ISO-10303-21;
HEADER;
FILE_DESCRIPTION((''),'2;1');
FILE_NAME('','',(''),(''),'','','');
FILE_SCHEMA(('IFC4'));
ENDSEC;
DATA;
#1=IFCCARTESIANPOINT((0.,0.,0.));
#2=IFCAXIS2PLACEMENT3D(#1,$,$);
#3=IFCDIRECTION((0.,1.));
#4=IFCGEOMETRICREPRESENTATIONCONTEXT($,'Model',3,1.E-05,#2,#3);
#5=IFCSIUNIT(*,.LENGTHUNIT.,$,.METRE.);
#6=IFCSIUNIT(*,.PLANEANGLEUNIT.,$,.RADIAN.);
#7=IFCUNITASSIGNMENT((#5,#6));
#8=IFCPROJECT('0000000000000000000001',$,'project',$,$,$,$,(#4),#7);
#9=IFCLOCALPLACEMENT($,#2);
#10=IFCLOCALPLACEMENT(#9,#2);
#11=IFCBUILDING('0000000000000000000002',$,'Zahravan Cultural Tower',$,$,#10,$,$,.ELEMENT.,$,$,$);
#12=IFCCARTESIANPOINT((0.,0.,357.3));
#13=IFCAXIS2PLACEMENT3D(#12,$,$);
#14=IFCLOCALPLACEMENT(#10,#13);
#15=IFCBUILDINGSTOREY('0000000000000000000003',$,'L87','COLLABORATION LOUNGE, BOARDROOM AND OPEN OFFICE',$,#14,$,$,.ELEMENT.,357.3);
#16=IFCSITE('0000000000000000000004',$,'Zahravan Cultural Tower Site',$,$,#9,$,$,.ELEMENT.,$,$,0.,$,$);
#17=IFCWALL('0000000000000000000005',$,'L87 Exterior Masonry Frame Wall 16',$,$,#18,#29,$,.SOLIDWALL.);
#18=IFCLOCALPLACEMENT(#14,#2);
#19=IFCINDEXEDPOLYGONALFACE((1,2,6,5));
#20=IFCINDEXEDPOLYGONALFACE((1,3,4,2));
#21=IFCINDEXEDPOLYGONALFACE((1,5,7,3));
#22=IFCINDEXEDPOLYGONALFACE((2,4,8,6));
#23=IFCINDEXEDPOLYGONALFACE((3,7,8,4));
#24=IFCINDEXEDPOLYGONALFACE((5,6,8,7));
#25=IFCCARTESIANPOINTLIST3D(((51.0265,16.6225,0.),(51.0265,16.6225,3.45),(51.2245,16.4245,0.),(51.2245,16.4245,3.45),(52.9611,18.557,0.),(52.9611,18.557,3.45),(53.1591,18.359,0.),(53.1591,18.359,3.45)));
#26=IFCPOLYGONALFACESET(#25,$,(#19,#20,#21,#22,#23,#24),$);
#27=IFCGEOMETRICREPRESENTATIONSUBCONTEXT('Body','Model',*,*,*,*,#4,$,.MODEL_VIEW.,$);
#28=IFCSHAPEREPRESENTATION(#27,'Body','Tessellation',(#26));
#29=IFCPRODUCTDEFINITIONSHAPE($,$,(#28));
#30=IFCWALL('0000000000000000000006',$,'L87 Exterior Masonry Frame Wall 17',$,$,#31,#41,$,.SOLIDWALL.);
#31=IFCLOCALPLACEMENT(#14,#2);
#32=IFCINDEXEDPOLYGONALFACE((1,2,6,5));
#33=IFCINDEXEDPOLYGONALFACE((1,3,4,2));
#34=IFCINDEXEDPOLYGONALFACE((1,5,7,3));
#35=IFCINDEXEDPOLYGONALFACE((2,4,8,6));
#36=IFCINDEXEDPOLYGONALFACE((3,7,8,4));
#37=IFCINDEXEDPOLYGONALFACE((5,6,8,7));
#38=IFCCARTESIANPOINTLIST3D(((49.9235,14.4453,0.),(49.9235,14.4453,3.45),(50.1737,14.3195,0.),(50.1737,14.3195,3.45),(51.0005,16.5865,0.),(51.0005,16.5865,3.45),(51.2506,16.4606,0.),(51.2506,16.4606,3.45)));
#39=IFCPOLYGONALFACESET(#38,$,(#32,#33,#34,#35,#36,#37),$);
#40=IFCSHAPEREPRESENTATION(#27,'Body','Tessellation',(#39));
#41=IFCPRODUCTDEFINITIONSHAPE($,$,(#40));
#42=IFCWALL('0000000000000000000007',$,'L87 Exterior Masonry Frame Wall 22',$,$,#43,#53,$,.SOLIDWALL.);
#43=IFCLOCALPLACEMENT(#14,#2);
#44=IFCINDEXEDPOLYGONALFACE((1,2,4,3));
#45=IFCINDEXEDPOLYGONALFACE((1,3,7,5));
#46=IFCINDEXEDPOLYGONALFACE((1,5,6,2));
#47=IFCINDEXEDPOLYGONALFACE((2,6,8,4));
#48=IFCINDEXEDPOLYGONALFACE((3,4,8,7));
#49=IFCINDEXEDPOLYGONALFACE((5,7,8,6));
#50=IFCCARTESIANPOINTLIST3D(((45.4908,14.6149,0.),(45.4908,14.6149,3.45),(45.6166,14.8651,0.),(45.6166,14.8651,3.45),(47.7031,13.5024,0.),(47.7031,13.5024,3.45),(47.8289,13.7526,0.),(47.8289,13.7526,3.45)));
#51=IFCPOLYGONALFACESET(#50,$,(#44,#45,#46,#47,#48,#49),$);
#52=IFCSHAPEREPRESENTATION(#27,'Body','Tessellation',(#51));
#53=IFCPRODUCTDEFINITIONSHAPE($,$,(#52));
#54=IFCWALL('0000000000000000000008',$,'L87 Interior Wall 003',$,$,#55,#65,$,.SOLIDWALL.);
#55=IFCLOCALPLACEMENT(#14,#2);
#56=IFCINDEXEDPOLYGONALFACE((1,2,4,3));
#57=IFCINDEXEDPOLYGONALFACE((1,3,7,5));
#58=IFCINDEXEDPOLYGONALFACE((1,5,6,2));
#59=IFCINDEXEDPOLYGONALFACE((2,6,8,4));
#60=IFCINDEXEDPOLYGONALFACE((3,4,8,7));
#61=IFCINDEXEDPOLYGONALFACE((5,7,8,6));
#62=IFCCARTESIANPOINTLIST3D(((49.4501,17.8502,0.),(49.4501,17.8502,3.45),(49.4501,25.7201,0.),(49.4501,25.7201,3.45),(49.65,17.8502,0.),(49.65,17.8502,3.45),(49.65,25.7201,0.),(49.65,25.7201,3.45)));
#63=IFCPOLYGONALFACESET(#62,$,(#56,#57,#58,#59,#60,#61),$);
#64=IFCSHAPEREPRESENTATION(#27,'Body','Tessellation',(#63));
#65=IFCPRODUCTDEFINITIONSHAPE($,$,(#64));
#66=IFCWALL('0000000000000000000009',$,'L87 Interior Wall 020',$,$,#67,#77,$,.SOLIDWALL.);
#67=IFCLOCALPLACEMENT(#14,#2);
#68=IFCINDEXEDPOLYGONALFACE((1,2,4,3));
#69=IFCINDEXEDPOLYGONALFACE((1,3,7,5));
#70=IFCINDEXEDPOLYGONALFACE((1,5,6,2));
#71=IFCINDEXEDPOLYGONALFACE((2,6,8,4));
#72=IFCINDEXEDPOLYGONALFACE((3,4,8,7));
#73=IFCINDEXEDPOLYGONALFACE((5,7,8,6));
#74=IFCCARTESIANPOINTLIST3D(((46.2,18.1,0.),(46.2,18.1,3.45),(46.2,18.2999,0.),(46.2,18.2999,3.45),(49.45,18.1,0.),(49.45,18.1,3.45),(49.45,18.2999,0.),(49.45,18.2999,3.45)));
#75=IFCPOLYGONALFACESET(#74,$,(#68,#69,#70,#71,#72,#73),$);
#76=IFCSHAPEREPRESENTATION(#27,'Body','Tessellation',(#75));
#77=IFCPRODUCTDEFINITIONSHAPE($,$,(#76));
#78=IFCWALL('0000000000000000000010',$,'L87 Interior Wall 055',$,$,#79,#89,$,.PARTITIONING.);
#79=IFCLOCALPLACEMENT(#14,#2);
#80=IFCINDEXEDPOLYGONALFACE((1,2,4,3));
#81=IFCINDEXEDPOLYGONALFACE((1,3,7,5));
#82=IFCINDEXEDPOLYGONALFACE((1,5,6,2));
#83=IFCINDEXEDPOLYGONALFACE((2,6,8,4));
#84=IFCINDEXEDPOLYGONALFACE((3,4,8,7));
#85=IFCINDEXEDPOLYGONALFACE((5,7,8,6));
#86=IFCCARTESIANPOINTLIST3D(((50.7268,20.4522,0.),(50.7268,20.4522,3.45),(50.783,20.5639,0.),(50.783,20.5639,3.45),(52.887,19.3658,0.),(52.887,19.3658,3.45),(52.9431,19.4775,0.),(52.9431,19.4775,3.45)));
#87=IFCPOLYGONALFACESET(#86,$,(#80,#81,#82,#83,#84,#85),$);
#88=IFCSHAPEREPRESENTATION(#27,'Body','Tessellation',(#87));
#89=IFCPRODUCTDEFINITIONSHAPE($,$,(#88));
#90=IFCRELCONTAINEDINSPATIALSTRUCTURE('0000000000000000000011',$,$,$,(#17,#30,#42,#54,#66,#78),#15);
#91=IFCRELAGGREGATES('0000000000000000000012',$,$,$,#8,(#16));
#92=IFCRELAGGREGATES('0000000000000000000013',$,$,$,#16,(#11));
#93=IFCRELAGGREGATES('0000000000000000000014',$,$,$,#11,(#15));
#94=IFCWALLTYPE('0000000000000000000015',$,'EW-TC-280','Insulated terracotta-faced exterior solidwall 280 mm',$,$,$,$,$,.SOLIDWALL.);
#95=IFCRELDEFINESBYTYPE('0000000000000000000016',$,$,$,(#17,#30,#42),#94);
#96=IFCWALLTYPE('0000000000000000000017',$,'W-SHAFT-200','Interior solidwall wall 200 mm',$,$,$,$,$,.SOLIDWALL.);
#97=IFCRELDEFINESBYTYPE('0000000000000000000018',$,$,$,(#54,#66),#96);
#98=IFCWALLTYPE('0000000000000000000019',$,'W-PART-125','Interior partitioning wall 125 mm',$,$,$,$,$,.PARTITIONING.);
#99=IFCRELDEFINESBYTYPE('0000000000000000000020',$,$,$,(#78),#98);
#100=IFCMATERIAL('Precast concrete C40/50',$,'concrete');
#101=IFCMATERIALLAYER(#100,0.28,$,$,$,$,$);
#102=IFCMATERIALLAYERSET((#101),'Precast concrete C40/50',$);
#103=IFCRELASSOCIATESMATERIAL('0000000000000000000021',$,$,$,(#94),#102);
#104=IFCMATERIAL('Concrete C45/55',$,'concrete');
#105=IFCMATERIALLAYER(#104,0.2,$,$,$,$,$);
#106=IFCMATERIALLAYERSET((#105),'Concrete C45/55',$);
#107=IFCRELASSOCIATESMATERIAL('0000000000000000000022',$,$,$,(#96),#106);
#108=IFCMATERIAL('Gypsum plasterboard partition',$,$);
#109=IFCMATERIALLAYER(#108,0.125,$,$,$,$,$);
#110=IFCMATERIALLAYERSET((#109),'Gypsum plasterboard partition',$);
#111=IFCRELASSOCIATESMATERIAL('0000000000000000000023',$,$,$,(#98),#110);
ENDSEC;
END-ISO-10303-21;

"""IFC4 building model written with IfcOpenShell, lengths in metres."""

from ifc_helpers import new_model, si_unit, direction, frame, frame_2d, origin, place, context, subcontext, project, spatial, rectangle, extrude, source, transform, mapped, material, layer, layer_set, type_object, element, save


model = new_model("IFC4")

# Units and contexts
model_context = context("Model", 3, precision=1e-05, world=origin(), true_north=direction((0.0, 1.0)))
body_context = subcontext(model_context, "Body", "Model", "MODEL_VIEW")
ifc_project = project(units=[si_unit("LENGTHUNIT", "METRE"), si_unit("PLANEANGLEUNIT", "RADIAN")], contexts=[model_context])

# Site, building, storey
site_placement = place(None, origin())
site = spatial("IfcSite", under=ifc_project, at=site_placement, Name="Zahravan Cultural Tower Site", CompositionType="ELEMENT", RefElevation=0.0)
building_placement = place(site_placement, origin())
building = spatial("IfcBuilding", under=site, at=building_placement, Name="Zahravan Cultural Tower", CompositionType="ELEMENT")
storey_placement = place(building_placement, frame((0.0, 0.0, 357.3)))
storey = spatial("IfcBuildingStorey", under=building, at=storey_placement, Name="L87", Description="COLLABORATION LOUNGE, BOARDROOM AND OPEN OFFICE", CompositionType="ELEMENT", Elevation=357.3)

# Walls
ifc_material_1 = material(Name="Precast concrete C40/50", Category="concrete")
ifc_layer_1 = layer(ifc_material_1, 0.28)
ifc_layer_set_1 = layer_set([ifc_layer_1], Name="Precast concrete C40/50")
wall_type_1 = type_object("IfcWallType", Name="EW-TC-280", Description="Insulated terracotta-faced exterior solidwall 280 mm", PredefinedType="SOLIDWALL", material=ifc_layer_set_1)
shared_shape_1 = source(origin(), body_context, "Body", "SweptSolid", [
    extrude(rectangle(XDim=2.7358, YDim=0.28, at=frame_2d((1.3679, 0.0))), origin(), (0.0, 0.0, 1.0), 3.45),
])
wall_1_placement = place(storey_placement, frame((53.0601, 18.458, 0.0), z_axis=(0.0, 0.0, 1.0), x_axis=(-0.707107, -0.707107, 0.0)))
element("IfcWall", 1, at=wall_1_placement, inside=storey, type_object=wall_type_1, Name="L87 Exterior Masonry Frame Wall 16", PredefinedType="SOLIDWALL", context=body_context, shape_type="MappedRepresentation", body=[
    mapped(shared_shape_1, transform((0.0, 0.0, 0.0), x_axis=(1.0, 0.0, 0.0), y_axis=(0.0, 1.0, 0.0), z_axis=(0.0, 0.0, 1.0), scale=1.0)),
])
shared_shape_2 = source(origin(), body_context, "Body", "SweptSolid", [
    extrude(rectangle(XDim=2.3967, YDim=0.28, at=frame_2d((1.1982, 0.0))), origin(), (0.0, 0.0, 1.0), 3.45),
])
wall_2_placement = place(storey_placement, frame((51.1255, 16.5234, 0.0), z_axis=(0.0, 0.0, 1.0), x_axis=(-0.449331, -0.893365, 0.0)))
element("IfcWall", 2, at=wall_2_placement, inside=storey, type_object=wall_type_1, Name="L87 Exterior Masonry Frame Wall 17", PredefinedType="SOLIDWALL", context=body_context, shape_type="MappedRepresentation", body=[
    mapped(shared_shape_2, transform((0.0, 0.0, 0.0), x_axis=(1.0, 0.0, 0.0), y_axis=(0.0, 1.0, 0.0), z_axis=(0.0, 0.0, 1.0), scale=1.0)),
])
shared_shape_3 = source(origin(), body_context, "Body", "SweptSolid", [
    extrude(rectangle(XDim=2.4763, YDim=0.28, at=frame_2d((1.2383, 0.0))), origin(), (0.0, 0.0, 1.0), 3.45),
])
wall_3_placement = place(storey_placement, frame((47.7661, 13.6274, 0.0), z_axis=(0.0, 0.0, 1.0), x_axis=(-0.8934, 0.449263, 0.0)))
element("IfcWall", 3, at=wall_3_placement, inside=storey, type_object=wall_type_1, Name="L87 Exterior Masonry Frame Wall 22", PredefinedType="SOLIDWALL", context=body_context, shape_type="MappedRepresentation", body=[
    mapped(shared_shape_3, transform((0.0, 0.0, 0.0), x_axis=(1.0, 0.0, 0.0), y_axis=(0.0, 1.0, 0.0), z_axis=(0.0, 0.0, 1.0), scale=1.0)),
])
ifc_material_2 = material(Name="Concrete C45/55", Category="concrete")
ifc_layer_2 = layer(ifc_material_2, 0.2)
ifc_layer_set_2 = layer_set([ifc_layer_2], Name="Concrete C45/55")
wall_type_2 = type_object("IfcWallType", Name="W-SHAFT-200", Description="Interior solidwall wall 200 mm", PredefinedType="SOLIDWALL", material=ifc_layer_set_2)
shared_shape_4 = source(origin(), body_context, "Body", "SweptSolid", [
    extrude(rectangle(XDim=7.8699, YDim=0.2, at=frame_2d((3.9351, 0.0))), origin(), (0.0, 0.0, 1.0), 3.45),
])
wall_4_placement = place(storey_placement, frame((49.55, 17.8501, 0.0), z_axis=(0.0, 0.0, 1.0), x_axis=(0.0, 1.0, 0.0)))
element("IfcWall", 4, at=wall_4_placement, inside=storey, type_object=wall_type_2, Name="L87 Interior Wall 003", PredefinedType="SOLIDWALL", context=body_context, shape_type="MappedRepresentation", body=[
    mapped(shared_shape_4, transform((0.0, 0.0, 0.0), x_axis=(1.0, 0.0, 0.0), y_axis=(0.0, 1.0, 0.0), z_axis=(0.0, 0.0, 1.0), scale=1.0)),
])
shared_shape_5 = source(origin(), body_context, "Body", "SweptSolid", [
    extrude(rectangle(XDim=3.25, YDim=0.2, at=frame_2d((1.625, 0.0))), origin(), (0.0, 0.0, 1.0), 3.45),
])
wall_5_placement = place(storey_placement, frame((46.2, 18.2, 0.0), z_axis=(0.0, 0.0, 1.0), x_axis=(1.0, 0.0, 0.0)))
element("IfcWall", 5, at=wall_5_placement, inside=storey, type_object=wall_type_2, Name="L87 Interior Wall 020", PredefinedType="SOLIDWALL", context=body_context, shape_type="MappedRepresentation", body=[
    mapped(shared_shape_5, transform((0.0, 0.0, 0.0), x_axis=(1.0, 0.0, 0.0), y_axis=(0.0, 1.0, 0.0), z_axis=(0.0, 0.0, 1.0), scale=1.0)),
])
ifc_material_3 = material(Name="Gypsum plasterboard partition")
ifc_layer_3 = layer(ifc_material_3, 0.125)
ifc_layer_set_3 = layer_set([ifc_layer_3], Name="Gypsum plasterboard partition")
wall_type_3 = type_object("IfcWallType", Name="W-PART-125", Description="Interior partitioning wall 125 mm", PredefinedType="PARTITIONING", material=ifc_layer_set_3)
shared_shape_6 = source(origin(), body_context, "Body", "SweptSolid", [
    extrude(rectangle(XDim=2.418, YDim=0.125, at=frame_2d((1.209, 0.0))), origin(), (0.0, 0.0, 1.0), 3.45),
])
wall_6_placement = place(storey_placement, frame((52.915, 19.4216, 0.0), z_axis=(0.0, 0.0, 1.0), x_axis=(-0.893375, 0.449313, 0.0)))
element("IfcWall", 6, at=wall_6_placement, inside=storey, type_object=wall_type_3, Name="L87 Interior Wall 055", PredefinedType="PARTITIONING", context=body_context, shape_type="MappedRepresentation", body=[
    mapped(shared_shape_6, transform((0.0, 0.0, 0.0), x_axis=(1.0, 0.0, 0.0), y_axis=(0.0, 1.0, 0.0), z_axis=(0.0, 0.0, 1.0), scale=1.0)),
])

save(model, "model.ifc")
